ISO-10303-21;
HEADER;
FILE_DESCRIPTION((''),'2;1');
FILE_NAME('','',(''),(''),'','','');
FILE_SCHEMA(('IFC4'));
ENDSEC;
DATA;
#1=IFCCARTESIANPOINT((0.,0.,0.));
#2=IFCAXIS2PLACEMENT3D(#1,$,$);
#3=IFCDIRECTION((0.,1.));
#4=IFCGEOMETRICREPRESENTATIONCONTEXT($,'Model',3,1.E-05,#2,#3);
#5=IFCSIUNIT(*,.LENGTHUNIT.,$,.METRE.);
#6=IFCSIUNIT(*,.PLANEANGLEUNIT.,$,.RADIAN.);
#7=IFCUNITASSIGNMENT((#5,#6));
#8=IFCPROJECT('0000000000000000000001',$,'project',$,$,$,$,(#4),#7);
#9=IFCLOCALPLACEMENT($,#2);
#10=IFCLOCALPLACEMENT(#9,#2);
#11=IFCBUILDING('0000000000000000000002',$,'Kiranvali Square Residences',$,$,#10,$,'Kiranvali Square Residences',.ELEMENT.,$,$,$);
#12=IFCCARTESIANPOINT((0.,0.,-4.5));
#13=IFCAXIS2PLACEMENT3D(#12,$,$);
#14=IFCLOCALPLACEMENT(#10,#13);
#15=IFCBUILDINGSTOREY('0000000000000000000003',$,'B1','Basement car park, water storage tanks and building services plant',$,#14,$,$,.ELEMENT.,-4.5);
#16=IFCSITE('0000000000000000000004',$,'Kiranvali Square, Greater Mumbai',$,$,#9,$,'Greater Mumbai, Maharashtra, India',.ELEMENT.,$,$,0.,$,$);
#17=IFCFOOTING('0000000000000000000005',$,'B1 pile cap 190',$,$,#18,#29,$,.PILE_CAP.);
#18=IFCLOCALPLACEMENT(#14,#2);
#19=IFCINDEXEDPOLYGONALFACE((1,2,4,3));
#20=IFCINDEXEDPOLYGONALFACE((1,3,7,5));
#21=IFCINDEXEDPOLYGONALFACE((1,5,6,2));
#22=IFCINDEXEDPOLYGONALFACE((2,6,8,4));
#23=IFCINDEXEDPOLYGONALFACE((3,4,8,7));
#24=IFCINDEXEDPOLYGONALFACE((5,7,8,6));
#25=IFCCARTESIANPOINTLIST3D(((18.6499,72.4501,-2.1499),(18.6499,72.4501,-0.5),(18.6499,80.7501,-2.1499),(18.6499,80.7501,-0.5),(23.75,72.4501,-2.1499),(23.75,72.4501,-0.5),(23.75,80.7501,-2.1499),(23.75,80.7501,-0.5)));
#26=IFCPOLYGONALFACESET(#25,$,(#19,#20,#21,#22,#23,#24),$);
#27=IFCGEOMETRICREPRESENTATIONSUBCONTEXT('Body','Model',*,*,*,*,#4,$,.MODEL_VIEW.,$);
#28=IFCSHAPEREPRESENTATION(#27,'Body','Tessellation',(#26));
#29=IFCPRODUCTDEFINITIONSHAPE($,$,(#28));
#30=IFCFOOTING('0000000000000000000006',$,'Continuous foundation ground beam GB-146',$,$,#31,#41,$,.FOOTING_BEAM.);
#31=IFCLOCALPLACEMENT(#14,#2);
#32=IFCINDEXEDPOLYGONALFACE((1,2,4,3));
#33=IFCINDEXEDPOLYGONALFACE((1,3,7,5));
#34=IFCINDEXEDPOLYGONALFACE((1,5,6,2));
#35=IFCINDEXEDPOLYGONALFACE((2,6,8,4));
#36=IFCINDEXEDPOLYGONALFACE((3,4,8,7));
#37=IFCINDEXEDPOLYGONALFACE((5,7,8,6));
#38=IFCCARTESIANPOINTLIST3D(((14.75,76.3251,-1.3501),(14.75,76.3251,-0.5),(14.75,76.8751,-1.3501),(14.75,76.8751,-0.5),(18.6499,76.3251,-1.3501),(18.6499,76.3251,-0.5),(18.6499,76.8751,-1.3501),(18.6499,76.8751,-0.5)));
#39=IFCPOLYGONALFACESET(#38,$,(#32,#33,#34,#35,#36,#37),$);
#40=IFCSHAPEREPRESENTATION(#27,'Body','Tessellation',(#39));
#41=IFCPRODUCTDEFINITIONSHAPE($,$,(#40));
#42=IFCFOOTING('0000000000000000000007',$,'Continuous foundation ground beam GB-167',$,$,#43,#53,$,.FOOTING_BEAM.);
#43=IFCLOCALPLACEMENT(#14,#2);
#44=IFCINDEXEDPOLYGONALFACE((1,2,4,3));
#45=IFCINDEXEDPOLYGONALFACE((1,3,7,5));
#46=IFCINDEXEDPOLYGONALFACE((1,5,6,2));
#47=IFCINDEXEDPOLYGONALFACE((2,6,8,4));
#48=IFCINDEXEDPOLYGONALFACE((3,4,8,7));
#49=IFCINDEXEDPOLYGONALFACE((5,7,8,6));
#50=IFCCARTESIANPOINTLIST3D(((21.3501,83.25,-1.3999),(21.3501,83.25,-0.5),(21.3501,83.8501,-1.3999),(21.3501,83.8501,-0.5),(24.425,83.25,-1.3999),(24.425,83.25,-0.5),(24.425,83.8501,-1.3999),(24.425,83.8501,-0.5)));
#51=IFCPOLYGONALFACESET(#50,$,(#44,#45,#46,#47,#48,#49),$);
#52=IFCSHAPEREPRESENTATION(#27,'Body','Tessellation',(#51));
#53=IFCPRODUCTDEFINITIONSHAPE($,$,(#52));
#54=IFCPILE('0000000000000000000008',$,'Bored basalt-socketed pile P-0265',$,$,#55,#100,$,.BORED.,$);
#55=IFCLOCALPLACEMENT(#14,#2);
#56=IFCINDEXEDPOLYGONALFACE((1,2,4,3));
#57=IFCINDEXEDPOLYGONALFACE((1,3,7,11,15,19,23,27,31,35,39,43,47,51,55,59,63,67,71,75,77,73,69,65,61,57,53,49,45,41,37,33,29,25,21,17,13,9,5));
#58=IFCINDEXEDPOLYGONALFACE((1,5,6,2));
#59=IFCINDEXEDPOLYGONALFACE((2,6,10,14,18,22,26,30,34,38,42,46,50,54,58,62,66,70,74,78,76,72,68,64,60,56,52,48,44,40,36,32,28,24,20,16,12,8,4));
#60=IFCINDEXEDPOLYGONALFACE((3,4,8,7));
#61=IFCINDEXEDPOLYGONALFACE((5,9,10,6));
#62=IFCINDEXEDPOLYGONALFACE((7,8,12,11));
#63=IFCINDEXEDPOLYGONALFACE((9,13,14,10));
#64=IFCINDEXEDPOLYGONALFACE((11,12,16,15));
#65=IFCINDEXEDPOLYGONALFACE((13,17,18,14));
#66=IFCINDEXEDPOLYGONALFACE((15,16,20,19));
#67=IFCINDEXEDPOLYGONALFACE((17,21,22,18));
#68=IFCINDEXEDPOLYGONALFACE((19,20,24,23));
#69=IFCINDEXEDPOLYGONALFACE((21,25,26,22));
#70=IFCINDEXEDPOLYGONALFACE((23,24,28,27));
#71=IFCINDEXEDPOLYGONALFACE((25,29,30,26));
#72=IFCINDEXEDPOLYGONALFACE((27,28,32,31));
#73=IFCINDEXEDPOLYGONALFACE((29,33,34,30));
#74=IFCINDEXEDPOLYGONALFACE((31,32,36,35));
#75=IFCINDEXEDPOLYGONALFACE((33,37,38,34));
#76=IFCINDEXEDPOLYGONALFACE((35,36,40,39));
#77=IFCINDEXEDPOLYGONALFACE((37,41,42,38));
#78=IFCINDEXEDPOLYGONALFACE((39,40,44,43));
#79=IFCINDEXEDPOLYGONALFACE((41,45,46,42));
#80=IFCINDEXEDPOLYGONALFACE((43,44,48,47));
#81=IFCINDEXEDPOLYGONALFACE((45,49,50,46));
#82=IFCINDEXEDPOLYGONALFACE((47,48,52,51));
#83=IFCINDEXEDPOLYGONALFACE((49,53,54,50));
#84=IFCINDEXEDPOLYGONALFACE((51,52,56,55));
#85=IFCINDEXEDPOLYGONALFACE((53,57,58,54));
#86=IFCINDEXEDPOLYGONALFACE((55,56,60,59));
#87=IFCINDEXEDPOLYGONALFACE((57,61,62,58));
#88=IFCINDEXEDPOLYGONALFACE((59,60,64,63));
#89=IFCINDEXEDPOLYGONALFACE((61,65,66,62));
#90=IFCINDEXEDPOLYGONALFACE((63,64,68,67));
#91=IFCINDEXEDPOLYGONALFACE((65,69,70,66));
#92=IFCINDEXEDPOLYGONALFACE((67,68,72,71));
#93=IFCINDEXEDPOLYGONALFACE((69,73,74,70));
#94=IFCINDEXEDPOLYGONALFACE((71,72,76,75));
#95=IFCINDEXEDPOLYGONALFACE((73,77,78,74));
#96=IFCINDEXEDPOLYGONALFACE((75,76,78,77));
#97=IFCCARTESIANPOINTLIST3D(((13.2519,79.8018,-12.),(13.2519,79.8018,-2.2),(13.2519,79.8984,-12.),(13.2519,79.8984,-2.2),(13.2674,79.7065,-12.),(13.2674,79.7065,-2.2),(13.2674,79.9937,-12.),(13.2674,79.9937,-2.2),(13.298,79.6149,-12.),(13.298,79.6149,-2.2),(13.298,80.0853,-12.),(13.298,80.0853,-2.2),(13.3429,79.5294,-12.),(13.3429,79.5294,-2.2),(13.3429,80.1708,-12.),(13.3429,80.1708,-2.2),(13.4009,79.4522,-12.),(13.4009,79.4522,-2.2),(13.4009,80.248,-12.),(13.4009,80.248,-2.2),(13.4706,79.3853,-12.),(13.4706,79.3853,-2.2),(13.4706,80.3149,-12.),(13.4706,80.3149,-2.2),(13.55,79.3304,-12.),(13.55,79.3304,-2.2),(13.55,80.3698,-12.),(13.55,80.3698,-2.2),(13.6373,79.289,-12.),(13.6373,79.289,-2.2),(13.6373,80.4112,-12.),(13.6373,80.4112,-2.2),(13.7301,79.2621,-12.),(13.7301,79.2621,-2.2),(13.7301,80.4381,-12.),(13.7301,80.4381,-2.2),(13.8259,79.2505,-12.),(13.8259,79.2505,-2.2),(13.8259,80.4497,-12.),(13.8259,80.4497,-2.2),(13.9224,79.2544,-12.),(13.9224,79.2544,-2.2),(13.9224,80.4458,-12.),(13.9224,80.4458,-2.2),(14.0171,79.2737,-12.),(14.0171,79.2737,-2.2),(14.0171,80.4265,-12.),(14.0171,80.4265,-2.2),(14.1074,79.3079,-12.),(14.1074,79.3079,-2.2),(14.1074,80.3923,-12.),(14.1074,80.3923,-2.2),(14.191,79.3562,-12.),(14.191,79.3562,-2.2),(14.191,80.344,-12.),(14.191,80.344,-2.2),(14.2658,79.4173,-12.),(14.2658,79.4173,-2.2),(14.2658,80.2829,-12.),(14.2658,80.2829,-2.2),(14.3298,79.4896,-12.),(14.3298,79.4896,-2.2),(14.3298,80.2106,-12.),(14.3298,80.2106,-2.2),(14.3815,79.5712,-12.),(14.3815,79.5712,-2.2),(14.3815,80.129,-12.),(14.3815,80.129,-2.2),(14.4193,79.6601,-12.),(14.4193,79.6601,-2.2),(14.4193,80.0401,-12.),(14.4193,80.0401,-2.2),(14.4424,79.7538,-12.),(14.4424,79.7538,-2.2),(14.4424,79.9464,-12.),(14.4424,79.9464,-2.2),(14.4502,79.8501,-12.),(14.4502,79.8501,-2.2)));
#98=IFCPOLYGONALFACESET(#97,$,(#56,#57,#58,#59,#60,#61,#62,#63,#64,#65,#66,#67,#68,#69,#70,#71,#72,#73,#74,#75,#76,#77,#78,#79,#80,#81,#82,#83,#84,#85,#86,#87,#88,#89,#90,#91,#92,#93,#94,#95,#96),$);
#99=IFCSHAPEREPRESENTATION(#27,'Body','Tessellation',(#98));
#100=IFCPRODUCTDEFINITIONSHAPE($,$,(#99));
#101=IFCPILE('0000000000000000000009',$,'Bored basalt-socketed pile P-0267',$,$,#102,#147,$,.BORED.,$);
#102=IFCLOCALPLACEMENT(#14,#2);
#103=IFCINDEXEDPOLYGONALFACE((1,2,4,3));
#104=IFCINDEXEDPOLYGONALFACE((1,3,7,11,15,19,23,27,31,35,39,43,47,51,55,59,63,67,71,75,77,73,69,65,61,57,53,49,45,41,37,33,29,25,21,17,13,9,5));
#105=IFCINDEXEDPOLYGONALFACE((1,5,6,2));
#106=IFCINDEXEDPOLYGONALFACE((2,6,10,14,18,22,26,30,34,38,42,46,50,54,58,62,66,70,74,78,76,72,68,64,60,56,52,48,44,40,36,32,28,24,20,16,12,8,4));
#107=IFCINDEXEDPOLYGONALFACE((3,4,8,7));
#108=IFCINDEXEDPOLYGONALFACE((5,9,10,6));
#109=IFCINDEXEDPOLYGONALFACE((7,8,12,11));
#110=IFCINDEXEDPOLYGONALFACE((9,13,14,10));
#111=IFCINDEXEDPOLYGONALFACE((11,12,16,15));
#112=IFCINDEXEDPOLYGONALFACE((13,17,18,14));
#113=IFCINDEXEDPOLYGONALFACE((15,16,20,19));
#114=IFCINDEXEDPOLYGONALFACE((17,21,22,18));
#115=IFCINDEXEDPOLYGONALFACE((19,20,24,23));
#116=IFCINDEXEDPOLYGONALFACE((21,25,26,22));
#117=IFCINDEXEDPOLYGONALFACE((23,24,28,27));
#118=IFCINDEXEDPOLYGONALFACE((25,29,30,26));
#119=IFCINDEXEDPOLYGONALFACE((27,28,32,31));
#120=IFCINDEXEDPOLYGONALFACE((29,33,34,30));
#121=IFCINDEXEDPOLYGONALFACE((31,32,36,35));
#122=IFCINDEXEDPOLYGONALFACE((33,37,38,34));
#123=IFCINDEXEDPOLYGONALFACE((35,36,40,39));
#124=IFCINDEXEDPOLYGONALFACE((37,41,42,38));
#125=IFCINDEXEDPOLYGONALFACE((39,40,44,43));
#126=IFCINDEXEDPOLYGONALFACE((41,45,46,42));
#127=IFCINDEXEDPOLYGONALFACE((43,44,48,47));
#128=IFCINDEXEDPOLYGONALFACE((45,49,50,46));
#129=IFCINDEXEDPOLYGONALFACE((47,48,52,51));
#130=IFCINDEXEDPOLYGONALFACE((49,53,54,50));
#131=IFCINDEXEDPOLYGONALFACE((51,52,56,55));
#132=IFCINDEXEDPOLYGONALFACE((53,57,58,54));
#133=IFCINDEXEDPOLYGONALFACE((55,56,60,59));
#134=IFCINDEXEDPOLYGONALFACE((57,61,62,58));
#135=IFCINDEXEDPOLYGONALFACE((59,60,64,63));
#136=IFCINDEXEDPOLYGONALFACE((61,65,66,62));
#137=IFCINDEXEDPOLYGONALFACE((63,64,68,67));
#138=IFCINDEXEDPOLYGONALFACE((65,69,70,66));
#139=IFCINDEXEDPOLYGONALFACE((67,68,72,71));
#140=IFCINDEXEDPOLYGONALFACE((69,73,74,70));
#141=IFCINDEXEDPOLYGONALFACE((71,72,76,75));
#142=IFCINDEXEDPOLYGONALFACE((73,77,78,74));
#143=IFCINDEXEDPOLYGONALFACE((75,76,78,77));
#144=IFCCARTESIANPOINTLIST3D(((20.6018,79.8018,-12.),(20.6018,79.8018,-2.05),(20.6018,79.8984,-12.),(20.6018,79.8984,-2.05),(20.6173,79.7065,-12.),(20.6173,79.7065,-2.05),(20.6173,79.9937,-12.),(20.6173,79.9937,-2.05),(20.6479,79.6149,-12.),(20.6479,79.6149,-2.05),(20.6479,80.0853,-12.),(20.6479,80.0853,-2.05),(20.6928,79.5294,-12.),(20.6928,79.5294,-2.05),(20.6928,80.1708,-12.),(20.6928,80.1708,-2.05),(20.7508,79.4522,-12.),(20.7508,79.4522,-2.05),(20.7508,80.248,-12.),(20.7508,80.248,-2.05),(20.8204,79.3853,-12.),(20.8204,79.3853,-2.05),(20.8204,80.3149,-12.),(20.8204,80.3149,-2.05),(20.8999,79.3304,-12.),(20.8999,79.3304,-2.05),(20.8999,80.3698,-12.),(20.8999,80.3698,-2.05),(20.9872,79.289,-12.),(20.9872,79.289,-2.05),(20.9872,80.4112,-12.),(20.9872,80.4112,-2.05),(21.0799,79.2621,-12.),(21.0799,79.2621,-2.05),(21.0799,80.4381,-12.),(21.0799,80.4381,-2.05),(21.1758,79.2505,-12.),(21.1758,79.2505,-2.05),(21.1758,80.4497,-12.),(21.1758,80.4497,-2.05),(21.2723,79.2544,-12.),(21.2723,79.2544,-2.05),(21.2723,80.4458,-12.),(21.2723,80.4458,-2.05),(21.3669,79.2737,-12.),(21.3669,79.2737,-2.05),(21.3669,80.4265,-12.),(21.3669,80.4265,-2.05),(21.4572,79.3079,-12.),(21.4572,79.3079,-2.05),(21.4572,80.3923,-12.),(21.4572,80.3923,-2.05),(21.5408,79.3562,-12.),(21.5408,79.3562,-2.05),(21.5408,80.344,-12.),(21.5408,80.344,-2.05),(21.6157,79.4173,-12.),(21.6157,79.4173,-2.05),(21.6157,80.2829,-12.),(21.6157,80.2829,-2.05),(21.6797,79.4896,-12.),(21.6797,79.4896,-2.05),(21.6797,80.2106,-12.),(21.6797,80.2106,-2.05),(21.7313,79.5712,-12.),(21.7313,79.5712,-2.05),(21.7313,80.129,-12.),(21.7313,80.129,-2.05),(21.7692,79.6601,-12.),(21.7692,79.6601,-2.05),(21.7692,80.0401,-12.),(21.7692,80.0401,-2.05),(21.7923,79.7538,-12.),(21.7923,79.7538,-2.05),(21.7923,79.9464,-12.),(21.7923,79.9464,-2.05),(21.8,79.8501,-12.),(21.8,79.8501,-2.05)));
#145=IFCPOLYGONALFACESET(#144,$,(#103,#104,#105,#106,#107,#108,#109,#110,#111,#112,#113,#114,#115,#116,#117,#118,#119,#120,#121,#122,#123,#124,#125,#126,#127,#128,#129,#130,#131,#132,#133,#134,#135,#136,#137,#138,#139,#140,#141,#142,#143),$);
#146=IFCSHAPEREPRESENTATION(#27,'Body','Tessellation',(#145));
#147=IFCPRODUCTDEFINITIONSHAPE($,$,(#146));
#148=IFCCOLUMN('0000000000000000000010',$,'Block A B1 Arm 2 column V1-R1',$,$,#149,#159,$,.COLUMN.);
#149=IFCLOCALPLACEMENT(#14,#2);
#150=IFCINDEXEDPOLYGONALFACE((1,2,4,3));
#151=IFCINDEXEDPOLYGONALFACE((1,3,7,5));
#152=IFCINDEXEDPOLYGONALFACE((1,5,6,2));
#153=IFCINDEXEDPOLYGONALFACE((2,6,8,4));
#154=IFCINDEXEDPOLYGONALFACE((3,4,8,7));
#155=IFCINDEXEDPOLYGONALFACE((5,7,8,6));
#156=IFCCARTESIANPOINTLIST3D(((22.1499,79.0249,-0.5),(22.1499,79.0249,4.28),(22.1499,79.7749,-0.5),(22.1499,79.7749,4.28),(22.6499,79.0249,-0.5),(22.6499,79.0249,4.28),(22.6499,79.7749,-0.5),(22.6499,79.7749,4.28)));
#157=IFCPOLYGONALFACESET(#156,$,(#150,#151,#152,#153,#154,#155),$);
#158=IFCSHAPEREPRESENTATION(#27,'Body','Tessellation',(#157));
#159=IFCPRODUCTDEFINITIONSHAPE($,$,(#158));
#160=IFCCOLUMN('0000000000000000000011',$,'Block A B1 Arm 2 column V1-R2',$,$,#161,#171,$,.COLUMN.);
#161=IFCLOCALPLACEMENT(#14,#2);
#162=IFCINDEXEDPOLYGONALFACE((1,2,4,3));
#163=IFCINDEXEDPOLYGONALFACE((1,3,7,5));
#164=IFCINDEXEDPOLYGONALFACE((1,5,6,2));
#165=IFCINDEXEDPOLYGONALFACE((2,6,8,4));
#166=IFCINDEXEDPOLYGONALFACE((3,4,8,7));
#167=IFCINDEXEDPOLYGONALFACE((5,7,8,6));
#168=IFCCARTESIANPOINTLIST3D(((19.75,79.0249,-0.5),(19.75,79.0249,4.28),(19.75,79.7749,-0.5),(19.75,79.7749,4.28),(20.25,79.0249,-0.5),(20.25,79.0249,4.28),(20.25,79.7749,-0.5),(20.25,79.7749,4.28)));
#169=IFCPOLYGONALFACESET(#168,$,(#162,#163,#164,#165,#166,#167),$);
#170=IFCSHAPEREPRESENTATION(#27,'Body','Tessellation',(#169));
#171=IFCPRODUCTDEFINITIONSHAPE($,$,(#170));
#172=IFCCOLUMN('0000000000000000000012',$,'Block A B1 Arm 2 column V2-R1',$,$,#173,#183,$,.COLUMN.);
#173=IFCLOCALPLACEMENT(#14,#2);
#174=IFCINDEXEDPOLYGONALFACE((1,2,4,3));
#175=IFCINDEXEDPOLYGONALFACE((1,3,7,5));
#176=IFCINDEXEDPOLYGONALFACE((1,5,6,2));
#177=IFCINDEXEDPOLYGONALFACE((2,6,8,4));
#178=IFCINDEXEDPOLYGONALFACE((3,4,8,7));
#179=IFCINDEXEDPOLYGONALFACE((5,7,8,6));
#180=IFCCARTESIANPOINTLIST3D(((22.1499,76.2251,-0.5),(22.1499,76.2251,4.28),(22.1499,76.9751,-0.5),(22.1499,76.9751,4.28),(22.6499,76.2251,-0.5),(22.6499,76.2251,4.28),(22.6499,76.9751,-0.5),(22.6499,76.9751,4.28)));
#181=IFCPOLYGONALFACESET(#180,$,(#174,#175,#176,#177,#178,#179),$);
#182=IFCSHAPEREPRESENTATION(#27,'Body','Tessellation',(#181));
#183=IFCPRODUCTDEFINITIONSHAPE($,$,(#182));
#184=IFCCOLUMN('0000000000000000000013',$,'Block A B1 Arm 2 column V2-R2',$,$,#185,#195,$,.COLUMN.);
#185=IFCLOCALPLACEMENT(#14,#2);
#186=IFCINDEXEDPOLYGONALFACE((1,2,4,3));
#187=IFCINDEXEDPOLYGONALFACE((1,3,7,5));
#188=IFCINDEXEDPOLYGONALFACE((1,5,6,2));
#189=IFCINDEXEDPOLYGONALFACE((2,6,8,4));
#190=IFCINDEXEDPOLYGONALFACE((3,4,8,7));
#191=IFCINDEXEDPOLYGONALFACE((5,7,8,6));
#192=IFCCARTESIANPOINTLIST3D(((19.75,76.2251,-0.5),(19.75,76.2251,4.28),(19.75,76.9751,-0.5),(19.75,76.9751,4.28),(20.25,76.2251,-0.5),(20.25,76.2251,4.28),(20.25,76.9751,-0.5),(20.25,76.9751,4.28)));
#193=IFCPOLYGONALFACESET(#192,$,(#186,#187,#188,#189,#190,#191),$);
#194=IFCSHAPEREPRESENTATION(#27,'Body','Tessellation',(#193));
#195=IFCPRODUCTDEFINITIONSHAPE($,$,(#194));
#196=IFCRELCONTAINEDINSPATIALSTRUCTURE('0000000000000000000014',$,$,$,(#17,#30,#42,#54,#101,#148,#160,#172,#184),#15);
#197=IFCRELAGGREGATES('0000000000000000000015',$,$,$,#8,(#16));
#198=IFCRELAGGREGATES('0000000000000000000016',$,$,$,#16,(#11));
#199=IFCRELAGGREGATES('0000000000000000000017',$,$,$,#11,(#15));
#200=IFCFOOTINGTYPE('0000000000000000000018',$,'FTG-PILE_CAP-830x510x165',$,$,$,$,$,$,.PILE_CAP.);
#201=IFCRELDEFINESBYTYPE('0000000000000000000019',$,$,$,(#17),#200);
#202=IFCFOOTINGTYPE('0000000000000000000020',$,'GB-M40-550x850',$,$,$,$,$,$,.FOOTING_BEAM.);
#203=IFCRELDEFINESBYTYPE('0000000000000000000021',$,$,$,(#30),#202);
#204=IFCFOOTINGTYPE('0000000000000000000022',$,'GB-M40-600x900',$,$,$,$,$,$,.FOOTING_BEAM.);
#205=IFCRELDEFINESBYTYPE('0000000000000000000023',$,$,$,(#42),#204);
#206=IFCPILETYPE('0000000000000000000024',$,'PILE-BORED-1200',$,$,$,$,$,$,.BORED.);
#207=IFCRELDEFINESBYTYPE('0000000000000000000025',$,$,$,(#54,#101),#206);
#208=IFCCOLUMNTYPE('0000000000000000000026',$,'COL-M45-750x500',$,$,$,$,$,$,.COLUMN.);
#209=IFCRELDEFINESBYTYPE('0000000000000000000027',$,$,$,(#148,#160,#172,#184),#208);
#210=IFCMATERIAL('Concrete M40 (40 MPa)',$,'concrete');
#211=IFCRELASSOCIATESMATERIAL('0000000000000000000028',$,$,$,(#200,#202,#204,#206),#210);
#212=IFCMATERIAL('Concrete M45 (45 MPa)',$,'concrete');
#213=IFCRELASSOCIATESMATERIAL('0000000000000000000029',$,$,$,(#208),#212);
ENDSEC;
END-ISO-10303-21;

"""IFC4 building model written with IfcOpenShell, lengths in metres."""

from ifc_helpers import new_model, si_unit, direction, frame, origin, origin_2d, place, context, subcontext, project, spatial, rectangle, circle, extrude, material, material_profile, profile_set, type_object, element, save


model = new_model("IFC4")

# Units and contexts
model_context = context("Model", 3, precision=1e-05, world=origin(), true_north=direction((0.0, 1.0)))
body_context = subcontext(model_context, "Body", "Model", "MODEL_VIEW")
ifc_project = project(units=[si_unit("LENGTHUNIT", "METRE"), si_unit("PLANEANGLEUNIT", "RADIAN")], contexts=[model_context])

# Site, building, storey
site_placement = place(None, origin())
site = spatial("IfcSite", under=ifc_project, at=site_placement, Name="Kiranvali Square, Greater Mumbai", LongName="Greater Mumbai, Maharashtra, India", CompositionType="ELEMENT", RefElevation=0.0)
building_placement = place(site_placement, origin())
building = spatial("IfcBuilding", under=site, at=building_placement, Name="Kiranvali Square Residences", LongName="Kiranvali Square Residences", CompositionType="ELEMENT")
storey_placement = place(building_placement, frame((0.0, 0.0, -4.5)))
storey = spatial("IfcBuildingStorey", under=building, at=storey_placement, Name="B1", Description="Basement car park, water storage tanks and building services plant", CompositionType="ELEMENT", Elevation=-4.5)

# Footings
ifc_material_1 = material(Name="Concrete M40 (40 MPa)", Category="concrete")
footing_type_1 = type_object("IfcFootingType", Name="FTG-PILE_CAP-830x510x165", PredefinedType="PILE_CAP", material=ifc_material_1)
footing_1_placement = place(storey_placement, frame((21.2, 76.6001, -2.1499), z_axis=(0.0, 0.0, 1.0), x_axis=(0.0, 1.0, 0.0)))
element("IfcFooting", 1, at=footing_1_placement, inside=storey, type_object=footing_type_1, Name="B1 pile cap 190", PredefinedType="PILE_CAP", context=body_context, shape_type="SweptSolid", body=[
    extrude(rectangle(XDim=8.3, YDim=5.1001, at=origin_2d()), origin(), (0.0, 0.0, 1.0), 1.6499),
])
ifc_material_profile_1 = material_profile(ifc_material_1, rectangle(XDim=0.55, YDim=0.8501, at=origin_2d()), Name="GB 550x850")
ifc_profile_set_1 = profile_set([ifc_material_profile_1], Name="Concrete M40 (40 MPa)")
footing_type_2 = type_object("IfcFootingType", Name="GB-M40-550x850", PredefinedType="FOOTING_BEAM", material=ifc_profile_set_1)
footing_2_placement = place(storey_placement, frame((14.75, 76.6001, -0.925), z_axis=(1.0, 0.0, 0.0), x_axis=(0.0, 1.0, 0.0)))
element("IfcFooting", 2, at=footing_2_placement, inside=storey, type_object=footing_type_2, Name="Continuous foundation ground beam GB-146", PredefinedType="FOOTING_BEAM", context=body_context, shape_type="SweptSolid", body=[
    extrude(rectangle(XDim=0.55, YDim=0.8501, at=origin_2d()), origin(), (0.0, 0.0, 1.0), 3.8999),
])
ifc_material_profile_2 = material_profile(ifc_material_1, rectangle(XDim=0.6001, YDim=0.8999, at=origin_2d()), Name="GB 600x900")
ifc_profile_set_2 = profile_set([ifc_material_profile_2], Name="Concrete M40 (40 MPa)")
footing_type_3 = type_object("IfcFootingType", Name="GB-M40-600x900", PredefinedType="FOOTING_BEAM", material=ifc_profile_set_2)
footing_3_placement = place(storey_placement, frame((21.3501, 83.55, -0.95), z_axis=(1.0, 0.0, 0.0), x_axis=(0.0, 1.0, 0.0)))
element("IfcFooting", 3, at=footing_3_placement, inside=storey, type_object=footing_type_3, Name="Continuous foundation ground beam GB-167", PredefinedType="FOOTING_BEAM", context=body_context, shape_type="SweptSolid", body=[
    extrude(rectangle(XDim=0.6001, YDim=0.8999, at=origin_2d()), origin(), (0.0, 0.0, 1.0), 3.075),
])

# Piles
ifc_material_profile_3 = material_profile(ifc_material_1, circle(Radius=0.6001, at=origin_2d()), Name="BORED PILE 1200")
ifc_profile_set_3 = profile_set([ifc_material_profile_3], Name="Concrete M40 (40 MPa)")
pile_type = type_object("IfcPileType", Name="PILE-BORED-1200", PredefinedType="BORED", material=ifc_profile_set_3)
pile_1_placement = place(storey_placement, frame((13.8501, 79.8501, -2.2), z_axis=(0.0, 0.0, -1.0), x_axis=(1.0, 0.0, 0.0)))
element("IfcPile", 4, at=pile_1_placement, inside=storey, type_object=pile_type, Name="Bored basalt-socketed pile P-0265", PredefinedType="BORED", context=body_context, shape_type="SweptSolid", body=[
    extrude(circle(Radius=0.6001, at=origin_2d()), origin(), (0.0, 0.0, 1.0), 9.8),
])
pile_2_placement = place(storey_placement, frame((21.2, 79.8501, -2.05), z_axis=(0.0, 0.0, -1.0), x_axis=(1.0, 0.0, 0.0)))
element("IfcPile", 5, at=pile_2_placement, inside=storey, type_object=pile_type, Name="Bored basalt-socketed pile P-0267", PredefinedType="BORED", context=body_context, shape_type="SweptSolid", body=[
    extrude(circle(Radius=0.6001, at=origin_2d()), origin(), (0.0, 0.0, 1.0), 9.95),
])

# Columns
ifc_material_2 = material(Name="Concrete M45 (45 MPa)", Category="concrete")
ifc_material_profile_4 = material_profile(ifc_material_2, rectangle(XDim=0.5, YDim=0.75, at=origin_2d()), Name="RC 750x500")
ifc_profile_set_4 = profile_set([ifc_material_profile_4], Name="Concrete M45 (45 MPa)")
column_type_1 = type_object("IfcColumnType", Name="COL-M45-750x500", PredefinedType="COLUMN", material=ifc_profile_set_4)
for number, where, z_axis, x_axis, name in (
    (6, (22.3999, 79.3999, -0.5), (0.0, 0.0, 1.0), (1.0, 0.0, 0.0), "Block A B1 Arm 2 column V1-R1"),
    (7, (20.0, 79.3999, -0.5), (0.0, 0.0, 1.0), (1.0, 0.0, 0.0), "Block A B1 Arm 2 column V1-R2"),
    (8, (22.3999, 76.6001, -0.5), (0.0, 0.0, 1.0), (1.0, 0.0, 0.0), "Block A B1 Arm 2 column V2-R1"),
    (9, (20.0, 76.6001, -0.5), (0.0, 0.0, 1.0), (1.0, 0.0, 0.0), "Block A B1 Arm 2 column V2-R2"),
):
    element("IfcColumn", number, at=place(storey_placement, frame(where, z_axis=z_axis, x_axis=x_axis)), inside=storey, type_object=column_type_1, Name=name, PredefinedType="COLUMN", context=body_context, shape_type="SweptSolid", body=[
        extrude(rectangle(XDim=0.5, YDim=0.75, at=origin_2d()), origin(), (0.0, 0.0, 1.0), 4.78),
    ])

save(model, "model.ifc")
